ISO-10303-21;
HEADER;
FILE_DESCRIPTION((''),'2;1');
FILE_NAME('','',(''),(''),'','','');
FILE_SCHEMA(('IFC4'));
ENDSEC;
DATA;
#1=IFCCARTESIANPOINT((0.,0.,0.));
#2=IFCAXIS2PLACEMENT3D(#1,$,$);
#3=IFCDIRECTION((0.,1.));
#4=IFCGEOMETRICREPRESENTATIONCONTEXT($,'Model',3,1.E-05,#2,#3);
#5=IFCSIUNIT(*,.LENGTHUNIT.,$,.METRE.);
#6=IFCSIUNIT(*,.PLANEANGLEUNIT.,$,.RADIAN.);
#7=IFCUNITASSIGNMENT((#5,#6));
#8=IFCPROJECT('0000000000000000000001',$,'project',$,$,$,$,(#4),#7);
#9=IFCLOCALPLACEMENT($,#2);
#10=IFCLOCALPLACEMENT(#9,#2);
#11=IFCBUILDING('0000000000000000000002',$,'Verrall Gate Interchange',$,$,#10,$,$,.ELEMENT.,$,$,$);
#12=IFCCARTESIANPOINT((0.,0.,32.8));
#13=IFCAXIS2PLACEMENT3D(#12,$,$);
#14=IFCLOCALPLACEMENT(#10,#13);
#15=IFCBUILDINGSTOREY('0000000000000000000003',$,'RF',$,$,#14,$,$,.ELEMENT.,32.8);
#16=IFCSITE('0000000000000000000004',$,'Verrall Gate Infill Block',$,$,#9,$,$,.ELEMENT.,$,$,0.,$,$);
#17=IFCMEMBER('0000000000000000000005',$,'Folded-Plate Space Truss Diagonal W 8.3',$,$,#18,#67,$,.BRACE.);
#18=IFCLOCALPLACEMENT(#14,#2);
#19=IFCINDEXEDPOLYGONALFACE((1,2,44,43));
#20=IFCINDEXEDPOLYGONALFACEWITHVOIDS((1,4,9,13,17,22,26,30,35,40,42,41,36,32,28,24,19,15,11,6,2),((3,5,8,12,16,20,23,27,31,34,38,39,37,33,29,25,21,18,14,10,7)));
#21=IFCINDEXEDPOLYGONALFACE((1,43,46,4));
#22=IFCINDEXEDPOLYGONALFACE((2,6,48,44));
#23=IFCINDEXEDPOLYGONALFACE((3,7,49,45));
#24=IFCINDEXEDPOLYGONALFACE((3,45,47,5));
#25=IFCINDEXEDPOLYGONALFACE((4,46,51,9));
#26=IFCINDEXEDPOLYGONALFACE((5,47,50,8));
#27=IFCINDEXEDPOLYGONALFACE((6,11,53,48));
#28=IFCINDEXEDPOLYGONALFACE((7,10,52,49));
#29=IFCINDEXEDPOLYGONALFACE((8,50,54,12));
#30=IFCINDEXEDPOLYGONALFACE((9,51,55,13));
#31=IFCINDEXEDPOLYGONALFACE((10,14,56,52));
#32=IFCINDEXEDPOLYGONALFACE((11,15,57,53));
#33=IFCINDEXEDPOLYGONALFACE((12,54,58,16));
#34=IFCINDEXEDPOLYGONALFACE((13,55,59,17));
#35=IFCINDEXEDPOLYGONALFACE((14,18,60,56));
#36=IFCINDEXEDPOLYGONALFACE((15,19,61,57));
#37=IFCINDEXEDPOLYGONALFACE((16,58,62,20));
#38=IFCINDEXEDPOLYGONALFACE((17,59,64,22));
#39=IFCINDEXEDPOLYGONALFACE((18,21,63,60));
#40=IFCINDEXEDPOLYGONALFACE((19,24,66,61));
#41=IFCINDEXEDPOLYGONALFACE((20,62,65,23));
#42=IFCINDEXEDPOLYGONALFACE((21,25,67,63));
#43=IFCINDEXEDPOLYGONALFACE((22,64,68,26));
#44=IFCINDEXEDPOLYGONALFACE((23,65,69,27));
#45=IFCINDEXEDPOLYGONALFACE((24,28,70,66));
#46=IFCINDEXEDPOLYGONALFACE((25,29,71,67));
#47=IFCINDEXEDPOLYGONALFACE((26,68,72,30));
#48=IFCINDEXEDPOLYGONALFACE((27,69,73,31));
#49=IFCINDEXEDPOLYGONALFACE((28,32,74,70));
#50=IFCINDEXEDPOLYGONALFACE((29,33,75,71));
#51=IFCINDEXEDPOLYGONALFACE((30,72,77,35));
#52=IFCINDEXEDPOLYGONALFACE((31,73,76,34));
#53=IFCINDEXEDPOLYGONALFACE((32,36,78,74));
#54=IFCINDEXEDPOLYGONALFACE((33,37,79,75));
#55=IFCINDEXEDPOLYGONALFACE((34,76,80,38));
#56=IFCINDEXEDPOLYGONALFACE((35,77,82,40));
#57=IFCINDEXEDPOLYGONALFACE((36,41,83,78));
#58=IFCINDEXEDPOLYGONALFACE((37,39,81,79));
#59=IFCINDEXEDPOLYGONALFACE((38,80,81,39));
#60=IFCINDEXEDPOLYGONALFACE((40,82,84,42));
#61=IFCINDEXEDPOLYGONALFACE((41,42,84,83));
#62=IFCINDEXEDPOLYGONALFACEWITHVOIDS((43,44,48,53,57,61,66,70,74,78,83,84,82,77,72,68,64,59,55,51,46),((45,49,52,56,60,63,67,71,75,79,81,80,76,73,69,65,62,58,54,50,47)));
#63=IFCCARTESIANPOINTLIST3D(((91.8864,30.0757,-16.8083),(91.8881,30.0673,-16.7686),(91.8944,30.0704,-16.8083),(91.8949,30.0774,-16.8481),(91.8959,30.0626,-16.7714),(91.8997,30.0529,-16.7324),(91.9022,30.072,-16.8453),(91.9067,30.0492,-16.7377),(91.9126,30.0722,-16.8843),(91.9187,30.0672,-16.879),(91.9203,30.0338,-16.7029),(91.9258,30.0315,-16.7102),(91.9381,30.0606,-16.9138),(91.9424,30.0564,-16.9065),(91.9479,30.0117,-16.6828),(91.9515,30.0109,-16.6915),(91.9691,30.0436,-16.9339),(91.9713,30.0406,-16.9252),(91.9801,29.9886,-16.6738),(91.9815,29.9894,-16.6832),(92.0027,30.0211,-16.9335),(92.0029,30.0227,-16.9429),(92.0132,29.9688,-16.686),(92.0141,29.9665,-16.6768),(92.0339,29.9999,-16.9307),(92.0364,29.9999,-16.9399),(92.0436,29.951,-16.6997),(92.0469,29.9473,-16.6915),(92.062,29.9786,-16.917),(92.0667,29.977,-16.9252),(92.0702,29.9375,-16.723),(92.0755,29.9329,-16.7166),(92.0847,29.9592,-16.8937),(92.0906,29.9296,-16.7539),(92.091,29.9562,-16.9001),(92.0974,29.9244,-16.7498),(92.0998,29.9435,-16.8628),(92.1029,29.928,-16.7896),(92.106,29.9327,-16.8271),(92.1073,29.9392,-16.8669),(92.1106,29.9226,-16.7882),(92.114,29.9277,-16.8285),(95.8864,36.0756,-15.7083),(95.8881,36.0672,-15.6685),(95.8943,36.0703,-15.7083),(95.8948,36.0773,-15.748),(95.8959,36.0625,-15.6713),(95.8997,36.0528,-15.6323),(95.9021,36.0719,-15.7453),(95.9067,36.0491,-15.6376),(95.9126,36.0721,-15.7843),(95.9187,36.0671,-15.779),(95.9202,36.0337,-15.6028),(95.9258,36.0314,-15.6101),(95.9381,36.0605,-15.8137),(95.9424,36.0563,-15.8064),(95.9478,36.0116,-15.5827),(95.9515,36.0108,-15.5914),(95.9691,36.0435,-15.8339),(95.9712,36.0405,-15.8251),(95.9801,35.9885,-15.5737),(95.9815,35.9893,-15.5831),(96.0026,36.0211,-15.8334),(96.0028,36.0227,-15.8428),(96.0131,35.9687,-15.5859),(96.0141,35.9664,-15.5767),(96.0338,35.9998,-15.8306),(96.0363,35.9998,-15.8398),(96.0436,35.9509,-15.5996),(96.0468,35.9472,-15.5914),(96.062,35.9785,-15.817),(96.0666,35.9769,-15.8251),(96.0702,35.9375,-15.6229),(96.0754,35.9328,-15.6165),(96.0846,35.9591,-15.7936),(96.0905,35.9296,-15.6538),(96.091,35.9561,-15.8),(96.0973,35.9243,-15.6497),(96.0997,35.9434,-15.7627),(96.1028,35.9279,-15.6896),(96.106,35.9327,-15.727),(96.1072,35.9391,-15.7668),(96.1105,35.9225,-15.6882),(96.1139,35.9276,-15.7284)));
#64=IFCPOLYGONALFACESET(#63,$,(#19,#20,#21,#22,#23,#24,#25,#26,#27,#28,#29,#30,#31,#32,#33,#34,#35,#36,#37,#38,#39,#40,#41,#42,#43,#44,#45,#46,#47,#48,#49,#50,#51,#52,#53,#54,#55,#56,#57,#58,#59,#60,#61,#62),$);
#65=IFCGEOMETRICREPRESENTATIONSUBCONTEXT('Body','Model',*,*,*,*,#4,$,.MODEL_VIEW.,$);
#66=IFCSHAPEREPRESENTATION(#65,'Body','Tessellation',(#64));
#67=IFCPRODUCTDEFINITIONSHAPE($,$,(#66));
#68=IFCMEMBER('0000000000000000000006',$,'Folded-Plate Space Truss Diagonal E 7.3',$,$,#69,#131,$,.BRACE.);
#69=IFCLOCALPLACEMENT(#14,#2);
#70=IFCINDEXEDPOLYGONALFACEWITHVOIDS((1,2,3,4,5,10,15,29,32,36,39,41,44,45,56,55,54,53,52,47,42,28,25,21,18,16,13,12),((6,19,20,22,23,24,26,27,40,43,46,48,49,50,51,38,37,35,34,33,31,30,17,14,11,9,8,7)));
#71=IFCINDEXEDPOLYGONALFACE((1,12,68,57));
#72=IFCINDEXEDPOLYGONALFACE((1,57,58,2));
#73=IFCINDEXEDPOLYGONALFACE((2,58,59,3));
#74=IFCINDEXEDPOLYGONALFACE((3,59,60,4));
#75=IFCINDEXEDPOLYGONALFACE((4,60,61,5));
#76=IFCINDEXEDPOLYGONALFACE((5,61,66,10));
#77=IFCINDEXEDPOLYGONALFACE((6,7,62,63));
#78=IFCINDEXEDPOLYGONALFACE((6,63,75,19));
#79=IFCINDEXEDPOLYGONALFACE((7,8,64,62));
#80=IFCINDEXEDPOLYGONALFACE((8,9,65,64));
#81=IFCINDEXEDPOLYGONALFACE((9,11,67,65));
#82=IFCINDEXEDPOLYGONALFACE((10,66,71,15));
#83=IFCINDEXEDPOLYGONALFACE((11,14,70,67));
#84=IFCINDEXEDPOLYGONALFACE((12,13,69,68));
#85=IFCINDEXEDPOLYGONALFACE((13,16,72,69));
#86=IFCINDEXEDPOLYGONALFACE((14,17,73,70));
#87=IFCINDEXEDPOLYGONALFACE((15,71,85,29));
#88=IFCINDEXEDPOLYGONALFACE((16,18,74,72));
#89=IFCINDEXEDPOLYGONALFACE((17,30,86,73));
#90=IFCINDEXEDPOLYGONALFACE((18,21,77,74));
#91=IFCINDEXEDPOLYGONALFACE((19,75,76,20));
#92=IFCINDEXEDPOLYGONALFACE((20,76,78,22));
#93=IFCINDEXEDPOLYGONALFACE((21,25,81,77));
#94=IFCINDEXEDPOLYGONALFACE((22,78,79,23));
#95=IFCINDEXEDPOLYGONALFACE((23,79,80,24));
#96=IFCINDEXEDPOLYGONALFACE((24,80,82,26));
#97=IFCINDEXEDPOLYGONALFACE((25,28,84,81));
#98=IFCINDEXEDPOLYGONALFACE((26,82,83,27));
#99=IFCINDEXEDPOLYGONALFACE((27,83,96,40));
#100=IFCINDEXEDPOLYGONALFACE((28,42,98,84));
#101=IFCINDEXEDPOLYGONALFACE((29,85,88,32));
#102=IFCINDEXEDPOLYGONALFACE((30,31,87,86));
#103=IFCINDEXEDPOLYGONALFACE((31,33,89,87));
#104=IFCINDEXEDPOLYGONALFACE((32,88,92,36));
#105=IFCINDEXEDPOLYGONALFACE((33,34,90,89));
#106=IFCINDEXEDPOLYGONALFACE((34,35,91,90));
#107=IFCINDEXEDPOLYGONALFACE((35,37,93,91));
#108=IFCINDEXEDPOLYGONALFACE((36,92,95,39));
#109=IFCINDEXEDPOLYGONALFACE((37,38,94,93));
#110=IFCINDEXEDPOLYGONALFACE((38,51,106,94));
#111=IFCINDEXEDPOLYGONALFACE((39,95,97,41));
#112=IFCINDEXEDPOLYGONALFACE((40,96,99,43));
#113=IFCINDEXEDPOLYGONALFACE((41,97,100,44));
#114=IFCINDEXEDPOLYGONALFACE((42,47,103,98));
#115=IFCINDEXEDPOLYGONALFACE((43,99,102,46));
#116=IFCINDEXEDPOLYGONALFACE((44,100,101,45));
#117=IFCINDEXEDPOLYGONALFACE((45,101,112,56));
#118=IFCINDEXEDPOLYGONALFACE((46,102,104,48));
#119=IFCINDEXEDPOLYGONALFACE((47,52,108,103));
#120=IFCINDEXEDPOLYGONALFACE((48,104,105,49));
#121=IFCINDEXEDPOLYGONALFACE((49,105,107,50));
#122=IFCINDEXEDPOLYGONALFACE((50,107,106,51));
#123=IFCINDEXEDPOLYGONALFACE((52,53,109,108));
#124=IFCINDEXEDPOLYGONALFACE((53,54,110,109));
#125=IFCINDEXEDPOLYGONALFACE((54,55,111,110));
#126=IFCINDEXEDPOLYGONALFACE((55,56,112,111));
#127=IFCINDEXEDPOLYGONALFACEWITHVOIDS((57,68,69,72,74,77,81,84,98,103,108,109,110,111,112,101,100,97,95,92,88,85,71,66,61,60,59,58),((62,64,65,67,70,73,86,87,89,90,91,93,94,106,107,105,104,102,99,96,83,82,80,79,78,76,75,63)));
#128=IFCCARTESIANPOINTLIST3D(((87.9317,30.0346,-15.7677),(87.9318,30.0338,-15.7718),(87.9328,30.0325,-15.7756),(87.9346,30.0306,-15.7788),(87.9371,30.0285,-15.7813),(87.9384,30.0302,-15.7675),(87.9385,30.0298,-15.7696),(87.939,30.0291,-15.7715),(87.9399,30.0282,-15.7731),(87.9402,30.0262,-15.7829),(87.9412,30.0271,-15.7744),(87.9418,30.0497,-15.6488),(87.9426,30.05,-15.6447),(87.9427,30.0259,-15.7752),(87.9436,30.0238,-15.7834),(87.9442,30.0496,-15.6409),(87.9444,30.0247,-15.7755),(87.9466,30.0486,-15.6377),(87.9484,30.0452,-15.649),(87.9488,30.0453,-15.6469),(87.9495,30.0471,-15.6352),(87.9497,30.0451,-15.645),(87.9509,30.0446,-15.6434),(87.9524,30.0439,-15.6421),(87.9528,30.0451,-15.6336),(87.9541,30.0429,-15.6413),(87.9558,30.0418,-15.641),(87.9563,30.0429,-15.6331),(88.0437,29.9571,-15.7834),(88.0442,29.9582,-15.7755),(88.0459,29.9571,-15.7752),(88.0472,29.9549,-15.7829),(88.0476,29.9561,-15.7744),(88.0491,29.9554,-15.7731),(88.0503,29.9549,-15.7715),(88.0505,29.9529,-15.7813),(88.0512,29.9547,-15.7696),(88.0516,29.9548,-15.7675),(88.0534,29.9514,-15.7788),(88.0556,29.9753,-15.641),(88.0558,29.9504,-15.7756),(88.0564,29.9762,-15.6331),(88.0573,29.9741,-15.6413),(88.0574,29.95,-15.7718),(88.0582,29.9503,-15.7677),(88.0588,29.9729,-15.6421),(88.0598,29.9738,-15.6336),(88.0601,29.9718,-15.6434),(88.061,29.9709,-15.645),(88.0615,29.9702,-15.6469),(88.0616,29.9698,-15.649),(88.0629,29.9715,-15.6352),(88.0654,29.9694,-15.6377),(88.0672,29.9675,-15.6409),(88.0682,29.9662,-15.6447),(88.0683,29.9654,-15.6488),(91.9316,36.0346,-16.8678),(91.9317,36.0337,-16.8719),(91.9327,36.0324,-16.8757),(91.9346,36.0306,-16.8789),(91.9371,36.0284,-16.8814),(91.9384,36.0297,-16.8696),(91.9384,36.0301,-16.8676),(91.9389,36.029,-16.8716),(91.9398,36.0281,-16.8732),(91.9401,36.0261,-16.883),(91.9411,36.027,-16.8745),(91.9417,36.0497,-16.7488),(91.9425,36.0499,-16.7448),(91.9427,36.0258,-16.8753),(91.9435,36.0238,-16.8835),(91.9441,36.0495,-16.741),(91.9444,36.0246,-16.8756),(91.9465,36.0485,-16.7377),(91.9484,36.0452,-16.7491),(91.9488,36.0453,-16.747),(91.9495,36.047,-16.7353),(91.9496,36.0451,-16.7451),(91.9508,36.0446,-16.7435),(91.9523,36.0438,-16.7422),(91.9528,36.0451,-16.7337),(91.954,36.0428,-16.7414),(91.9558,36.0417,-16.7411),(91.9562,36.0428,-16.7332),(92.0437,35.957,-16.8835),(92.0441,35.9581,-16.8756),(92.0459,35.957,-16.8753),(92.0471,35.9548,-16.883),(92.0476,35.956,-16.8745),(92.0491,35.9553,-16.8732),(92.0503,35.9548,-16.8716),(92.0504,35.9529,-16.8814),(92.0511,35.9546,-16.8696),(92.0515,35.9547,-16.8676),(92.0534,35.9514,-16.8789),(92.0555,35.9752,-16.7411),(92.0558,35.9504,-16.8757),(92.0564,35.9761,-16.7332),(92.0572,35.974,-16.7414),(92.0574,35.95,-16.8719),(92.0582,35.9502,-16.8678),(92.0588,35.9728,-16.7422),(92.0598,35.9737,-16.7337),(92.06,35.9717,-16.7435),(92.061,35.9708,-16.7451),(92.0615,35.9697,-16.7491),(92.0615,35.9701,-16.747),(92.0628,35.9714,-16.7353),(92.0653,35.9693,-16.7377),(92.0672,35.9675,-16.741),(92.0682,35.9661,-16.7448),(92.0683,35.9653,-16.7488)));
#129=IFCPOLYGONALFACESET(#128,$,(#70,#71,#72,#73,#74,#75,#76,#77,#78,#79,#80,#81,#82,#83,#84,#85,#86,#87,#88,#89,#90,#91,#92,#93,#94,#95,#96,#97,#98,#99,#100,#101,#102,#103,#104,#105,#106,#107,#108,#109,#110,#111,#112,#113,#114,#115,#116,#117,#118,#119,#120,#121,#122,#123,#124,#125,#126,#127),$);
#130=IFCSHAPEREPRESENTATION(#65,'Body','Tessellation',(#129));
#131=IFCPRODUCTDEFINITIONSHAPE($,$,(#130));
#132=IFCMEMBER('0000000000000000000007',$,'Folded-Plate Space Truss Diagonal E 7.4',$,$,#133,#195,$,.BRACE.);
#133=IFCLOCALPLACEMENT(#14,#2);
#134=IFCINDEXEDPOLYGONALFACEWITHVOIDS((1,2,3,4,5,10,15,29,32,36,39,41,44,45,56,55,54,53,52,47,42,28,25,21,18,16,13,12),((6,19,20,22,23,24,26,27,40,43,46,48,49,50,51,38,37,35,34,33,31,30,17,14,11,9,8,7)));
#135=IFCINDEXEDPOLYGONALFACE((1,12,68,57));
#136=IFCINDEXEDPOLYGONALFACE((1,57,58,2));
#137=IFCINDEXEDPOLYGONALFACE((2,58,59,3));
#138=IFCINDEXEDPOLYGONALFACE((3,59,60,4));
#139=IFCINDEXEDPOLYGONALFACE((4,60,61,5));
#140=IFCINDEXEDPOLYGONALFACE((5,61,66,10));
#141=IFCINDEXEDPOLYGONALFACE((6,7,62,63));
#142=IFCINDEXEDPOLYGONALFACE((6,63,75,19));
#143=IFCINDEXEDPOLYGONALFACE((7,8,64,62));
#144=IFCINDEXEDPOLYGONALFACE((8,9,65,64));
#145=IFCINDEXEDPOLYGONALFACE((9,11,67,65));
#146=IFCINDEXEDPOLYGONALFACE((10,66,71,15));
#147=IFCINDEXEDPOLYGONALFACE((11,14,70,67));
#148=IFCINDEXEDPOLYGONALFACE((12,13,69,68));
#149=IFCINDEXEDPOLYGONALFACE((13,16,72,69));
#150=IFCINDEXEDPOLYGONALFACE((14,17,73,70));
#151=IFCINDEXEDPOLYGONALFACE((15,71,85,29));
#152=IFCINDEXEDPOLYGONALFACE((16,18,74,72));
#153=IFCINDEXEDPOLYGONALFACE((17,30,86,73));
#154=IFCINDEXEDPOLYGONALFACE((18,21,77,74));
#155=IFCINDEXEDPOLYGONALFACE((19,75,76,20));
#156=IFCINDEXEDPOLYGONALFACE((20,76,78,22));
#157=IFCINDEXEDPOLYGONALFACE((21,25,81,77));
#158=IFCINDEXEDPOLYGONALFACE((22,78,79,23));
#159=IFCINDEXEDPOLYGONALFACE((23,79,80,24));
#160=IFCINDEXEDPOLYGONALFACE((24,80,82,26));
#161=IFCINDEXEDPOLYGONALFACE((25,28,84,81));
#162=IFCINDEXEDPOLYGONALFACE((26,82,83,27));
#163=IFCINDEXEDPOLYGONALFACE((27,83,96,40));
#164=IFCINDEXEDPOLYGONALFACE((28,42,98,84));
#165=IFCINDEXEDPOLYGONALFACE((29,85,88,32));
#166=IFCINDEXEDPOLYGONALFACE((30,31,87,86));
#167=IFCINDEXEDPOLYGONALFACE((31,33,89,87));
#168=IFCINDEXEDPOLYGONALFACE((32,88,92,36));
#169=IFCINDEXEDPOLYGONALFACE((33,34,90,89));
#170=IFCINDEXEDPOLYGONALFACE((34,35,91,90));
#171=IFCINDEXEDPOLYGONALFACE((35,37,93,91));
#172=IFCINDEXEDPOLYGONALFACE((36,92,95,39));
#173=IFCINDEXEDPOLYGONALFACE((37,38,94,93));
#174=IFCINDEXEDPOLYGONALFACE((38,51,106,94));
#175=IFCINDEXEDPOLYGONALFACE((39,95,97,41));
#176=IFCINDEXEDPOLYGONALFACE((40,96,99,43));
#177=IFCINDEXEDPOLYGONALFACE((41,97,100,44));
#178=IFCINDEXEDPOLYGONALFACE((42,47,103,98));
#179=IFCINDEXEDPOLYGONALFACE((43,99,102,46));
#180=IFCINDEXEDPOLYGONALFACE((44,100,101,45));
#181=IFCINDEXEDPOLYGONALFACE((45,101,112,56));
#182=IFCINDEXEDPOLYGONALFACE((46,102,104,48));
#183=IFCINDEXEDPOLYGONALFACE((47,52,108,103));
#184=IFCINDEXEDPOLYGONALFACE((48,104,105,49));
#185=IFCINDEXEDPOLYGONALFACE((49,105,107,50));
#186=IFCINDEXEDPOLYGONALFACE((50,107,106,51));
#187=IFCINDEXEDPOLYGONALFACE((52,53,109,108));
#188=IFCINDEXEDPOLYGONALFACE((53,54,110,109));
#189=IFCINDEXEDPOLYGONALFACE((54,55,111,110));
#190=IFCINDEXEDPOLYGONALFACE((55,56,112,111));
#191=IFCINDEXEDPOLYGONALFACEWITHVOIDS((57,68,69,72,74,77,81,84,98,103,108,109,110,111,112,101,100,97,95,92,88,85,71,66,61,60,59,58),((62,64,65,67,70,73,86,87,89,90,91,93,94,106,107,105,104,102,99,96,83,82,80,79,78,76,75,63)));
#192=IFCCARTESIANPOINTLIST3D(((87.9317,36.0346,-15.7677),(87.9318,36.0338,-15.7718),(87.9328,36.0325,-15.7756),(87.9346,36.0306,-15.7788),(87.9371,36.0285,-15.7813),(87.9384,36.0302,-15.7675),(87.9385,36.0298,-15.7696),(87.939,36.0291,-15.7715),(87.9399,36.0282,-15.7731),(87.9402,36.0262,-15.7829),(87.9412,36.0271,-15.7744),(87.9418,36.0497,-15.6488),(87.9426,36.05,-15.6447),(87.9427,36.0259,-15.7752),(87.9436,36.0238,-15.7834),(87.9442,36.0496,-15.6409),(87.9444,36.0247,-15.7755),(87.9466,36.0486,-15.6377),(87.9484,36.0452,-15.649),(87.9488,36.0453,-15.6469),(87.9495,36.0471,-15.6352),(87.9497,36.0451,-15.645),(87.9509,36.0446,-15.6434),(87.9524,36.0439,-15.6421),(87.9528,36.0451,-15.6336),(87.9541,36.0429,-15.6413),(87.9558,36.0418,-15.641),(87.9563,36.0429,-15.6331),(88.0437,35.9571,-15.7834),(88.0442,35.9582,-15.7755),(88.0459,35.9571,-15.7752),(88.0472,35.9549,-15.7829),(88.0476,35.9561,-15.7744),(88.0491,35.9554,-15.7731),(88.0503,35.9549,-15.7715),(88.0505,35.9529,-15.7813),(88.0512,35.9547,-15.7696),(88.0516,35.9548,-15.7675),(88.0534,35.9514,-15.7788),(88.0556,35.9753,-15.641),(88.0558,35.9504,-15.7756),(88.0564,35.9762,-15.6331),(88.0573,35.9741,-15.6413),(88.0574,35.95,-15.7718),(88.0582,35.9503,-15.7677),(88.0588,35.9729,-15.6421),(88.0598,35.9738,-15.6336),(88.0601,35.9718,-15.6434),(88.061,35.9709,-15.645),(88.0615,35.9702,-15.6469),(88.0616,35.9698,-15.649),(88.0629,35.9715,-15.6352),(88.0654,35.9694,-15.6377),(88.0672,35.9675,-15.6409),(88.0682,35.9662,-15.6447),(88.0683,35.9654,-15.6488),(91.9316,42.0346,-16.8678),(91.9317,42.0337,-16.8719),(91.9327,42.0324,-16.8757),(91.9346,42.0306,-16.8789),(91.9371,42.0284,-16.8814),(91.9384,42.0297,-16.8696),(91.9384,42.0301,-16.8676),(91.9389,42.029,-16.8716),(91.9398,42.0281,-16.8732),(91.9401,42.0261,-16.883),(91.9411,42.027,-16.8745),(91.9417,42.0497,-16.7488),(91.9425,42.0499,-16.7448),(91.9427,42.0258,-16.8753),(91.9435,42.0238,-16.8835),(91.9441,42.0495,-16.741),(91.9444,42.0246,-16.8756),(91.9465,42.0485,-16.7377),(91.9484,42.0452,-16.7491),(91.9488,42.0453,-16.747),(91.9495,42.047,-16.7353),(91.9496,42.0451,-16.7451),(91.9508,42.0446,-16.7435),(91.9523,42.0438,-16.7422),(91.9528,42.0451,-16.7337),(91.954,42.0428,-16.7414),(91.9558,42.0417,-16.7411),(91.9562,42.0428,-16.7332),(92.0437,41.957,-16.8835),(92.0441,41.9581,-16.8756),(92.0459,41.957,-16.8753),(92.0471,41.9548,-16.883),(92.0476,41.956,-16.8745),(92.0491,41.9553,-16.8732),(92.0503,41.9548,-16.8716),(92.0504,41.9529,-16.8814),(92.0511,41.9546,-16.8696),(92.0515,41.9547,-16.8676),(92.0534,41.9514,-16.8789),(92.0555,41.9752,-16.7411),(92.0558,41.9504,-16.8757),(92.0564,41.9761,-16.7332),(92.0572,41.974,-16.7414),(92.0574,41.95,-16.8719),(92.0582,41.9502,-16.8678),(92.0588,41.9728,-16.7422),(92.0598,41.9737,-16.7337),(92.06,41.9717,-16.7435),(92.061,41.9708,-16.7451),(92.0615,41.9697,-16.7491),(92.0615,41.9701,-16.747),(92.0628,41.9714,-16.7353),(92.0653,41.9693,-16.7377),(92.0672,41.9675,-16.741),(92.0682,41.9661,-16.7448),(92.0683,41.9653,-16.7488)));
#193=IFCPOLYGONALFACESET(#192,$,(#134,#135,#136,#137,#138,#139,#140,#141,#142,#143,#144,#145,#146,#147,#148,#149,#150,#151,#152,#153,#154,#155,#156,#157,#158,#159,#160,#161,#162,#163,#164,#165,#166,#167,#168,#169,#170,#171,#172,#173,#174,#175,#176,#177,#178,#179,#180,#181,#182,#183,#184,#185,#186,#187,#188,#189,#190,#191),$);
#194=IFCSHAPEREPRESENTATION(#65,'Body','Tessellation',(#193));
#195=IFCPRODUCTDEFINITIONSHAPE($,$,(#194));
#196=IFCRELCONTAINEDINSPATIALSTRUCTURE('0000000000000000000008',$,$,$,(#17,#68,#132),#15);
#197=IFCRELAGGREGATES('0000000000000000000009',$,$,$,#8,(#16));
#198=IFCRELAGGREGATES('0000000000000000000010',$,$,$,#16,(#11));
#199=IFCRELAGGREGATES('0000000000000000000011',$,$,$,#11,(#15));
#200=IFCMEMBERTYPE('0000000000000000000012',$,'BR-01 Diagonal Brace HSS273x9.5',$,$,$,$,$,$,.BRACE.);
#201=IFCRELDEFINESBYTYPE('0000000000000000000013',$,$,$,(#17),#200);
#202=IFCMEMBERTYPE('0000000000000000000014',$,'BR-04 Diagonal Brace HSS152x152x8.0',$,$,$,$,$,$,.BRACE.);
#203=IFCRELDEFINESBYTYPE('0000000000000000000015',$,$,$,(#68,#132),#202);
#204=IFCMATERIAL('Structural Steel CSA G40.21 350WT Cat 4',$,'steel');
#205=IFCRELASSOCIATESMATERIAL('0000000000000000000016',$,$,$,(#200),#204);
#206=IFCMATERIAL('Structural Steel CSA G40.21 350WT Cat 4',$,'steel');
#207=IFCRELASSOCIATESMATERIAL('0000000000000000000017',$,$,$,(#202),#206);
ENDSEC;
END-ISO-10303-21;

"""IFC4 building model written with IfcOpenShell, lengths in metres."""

from ifc_helpers import new_model, si_unit, direction, frame, origin, origin_2d, place, context, subcontext, project, spatial, hollow_rectangle, hollow_circle, extrude, material, material_profile, profile_set, type_object, element, save


model = new_model("IFC4")

# Units and contexts
model_context = context("Model", 3, precision=1e-05, world=origin(), true_north=direction((0.0, 1.0)))
body_context = subcontext(model_context, "Body", "Model", "MODEL_VIEW")
ifc_project = project(units=[si_unit("LENGTHUNIT", "METRE"), si_unit("PLANEANGLEUNIT", "RADIAN")], contexts=[model_context])

# Site, building, storey
site_placement = place(None, origin())
site = spatial("IfcSite", under=ifc_project, at=site_placement, Name="Verrall Gate Infill Block", CompositionType="ELEMENT", RefElevation=0.0)
building_placement = place(site_placement, origin())
building = spatial("IfcBuilding", under=site, at=building_placement, Name="Verrall Gate Interchange", CompositionType="ELEMENT")
storey_placement = place(building_placement, frame((0.0, 0.0, 32.8)))
storey = spatial("IfcBuildingStorey", under=building, at=storey_placement, Name="RF", CompositionType="ELEMENT", Elevation=32.8)

# Members
ifc_material_1 = material(Name="Structural Steel CSA G40.21 350WT Cat 4", Category="steel")
ifc_material_profile_1 = material_profile(ifc_material_1, hollow_circle(Radius=0.1365, WallThickness=0.0095, at=origin_2d()), Name="HSS273x9.5")
ifc_profile_set_1 = profile_set([ifc_material_profile_1], Name="Structural Steel CSA G40.21 350WT Cat 4")
member_type_1 = type_object("IfcMemberType", Name="BR-01 Diagonal Brace HSS273x9.5", PredefinedType="BRACE", material=ifc_profile_set_1)
member_1_placement = place(storey_placement, frame((92.0, 30.0, -16.8083), z_axis=(0.548356, 0.822534, 0.150811), x_axis=(-0.83205, 0.5547, 0.0)))
element("IfcMember", 1, at=member_1_placement, inside=storey, type_object=member_type_1, Name="Folded-Plate Space Truss Diagonal W 8.3", PredefinedType="BRACE", context=body_context, shape_type="SweptSolid", body=[
    extrude(hollow_circle(Radius=0.1365, WallThickness=0.0095, at=origin_2d()), origin(), (0.0, 0.0, 1.0), 7.2944),
])
ifc_material_2 = material(Name="Structural Steel CSA G40.21 350WT Cat 4", Category="steel")
ifc_material_profile_2 = material_profile(ifc_material_2, hollow_rectangle(XDim=0.1521, YDim=0.1521, WallThickness=0.0081, InnerFilletRadius=0.0081, OuterFilletRadius=0.0159, at=origin_2d()), Name="HSS152x152x8.0")
ifc_profile_set_2 = profile_set([ifc_material_profile_2], Name="Structural Steel CSA G40.21 350WT Cat 4")
member_type_2 = type_object("IfcMemberType", Name="BR-04 Diagonal Brace HSS152x152x8.0", PredefinedType="BRACE", material=ifc_profile_set_2)
for number, where, z_axis, x_axis, name in (
    (2, (88.0, 30.0, -15.7083), (0.548356, 0.822534, -0.150811), (-0.83205, 0.5547, 0.0), "Folded-Plate Space Truss Diagonal E 7.3"),
    (3, (88.0, 36.0, -15.7083), (0.548356, 0.822534, -0.150811), (-0.83205, 0.5547, 0.0), "Folded-Plate Space Truss Diagonal E 7.4"),
):
    element("IfcMember", number, at=place(storey_placement, frame(where, z_axis=z_axis, x_axis=x_axis)), inside=storey, type_object=member_type_2, Name=name, PredefinedType="BRACE", context=body_context, shape_type="SweptSolid", body=[
        extrude(hollow_rectangle(XDim=0.1521, YDim=0.1521, WallThickness=0.0081, InnerFilletRadius=0.0081, OuterFilletRadius=0.0159, at=origin_2d()), origin(), (0.0, 0.0, 1.0), 7.2944),
    ])

save(model, "model.ifc")
